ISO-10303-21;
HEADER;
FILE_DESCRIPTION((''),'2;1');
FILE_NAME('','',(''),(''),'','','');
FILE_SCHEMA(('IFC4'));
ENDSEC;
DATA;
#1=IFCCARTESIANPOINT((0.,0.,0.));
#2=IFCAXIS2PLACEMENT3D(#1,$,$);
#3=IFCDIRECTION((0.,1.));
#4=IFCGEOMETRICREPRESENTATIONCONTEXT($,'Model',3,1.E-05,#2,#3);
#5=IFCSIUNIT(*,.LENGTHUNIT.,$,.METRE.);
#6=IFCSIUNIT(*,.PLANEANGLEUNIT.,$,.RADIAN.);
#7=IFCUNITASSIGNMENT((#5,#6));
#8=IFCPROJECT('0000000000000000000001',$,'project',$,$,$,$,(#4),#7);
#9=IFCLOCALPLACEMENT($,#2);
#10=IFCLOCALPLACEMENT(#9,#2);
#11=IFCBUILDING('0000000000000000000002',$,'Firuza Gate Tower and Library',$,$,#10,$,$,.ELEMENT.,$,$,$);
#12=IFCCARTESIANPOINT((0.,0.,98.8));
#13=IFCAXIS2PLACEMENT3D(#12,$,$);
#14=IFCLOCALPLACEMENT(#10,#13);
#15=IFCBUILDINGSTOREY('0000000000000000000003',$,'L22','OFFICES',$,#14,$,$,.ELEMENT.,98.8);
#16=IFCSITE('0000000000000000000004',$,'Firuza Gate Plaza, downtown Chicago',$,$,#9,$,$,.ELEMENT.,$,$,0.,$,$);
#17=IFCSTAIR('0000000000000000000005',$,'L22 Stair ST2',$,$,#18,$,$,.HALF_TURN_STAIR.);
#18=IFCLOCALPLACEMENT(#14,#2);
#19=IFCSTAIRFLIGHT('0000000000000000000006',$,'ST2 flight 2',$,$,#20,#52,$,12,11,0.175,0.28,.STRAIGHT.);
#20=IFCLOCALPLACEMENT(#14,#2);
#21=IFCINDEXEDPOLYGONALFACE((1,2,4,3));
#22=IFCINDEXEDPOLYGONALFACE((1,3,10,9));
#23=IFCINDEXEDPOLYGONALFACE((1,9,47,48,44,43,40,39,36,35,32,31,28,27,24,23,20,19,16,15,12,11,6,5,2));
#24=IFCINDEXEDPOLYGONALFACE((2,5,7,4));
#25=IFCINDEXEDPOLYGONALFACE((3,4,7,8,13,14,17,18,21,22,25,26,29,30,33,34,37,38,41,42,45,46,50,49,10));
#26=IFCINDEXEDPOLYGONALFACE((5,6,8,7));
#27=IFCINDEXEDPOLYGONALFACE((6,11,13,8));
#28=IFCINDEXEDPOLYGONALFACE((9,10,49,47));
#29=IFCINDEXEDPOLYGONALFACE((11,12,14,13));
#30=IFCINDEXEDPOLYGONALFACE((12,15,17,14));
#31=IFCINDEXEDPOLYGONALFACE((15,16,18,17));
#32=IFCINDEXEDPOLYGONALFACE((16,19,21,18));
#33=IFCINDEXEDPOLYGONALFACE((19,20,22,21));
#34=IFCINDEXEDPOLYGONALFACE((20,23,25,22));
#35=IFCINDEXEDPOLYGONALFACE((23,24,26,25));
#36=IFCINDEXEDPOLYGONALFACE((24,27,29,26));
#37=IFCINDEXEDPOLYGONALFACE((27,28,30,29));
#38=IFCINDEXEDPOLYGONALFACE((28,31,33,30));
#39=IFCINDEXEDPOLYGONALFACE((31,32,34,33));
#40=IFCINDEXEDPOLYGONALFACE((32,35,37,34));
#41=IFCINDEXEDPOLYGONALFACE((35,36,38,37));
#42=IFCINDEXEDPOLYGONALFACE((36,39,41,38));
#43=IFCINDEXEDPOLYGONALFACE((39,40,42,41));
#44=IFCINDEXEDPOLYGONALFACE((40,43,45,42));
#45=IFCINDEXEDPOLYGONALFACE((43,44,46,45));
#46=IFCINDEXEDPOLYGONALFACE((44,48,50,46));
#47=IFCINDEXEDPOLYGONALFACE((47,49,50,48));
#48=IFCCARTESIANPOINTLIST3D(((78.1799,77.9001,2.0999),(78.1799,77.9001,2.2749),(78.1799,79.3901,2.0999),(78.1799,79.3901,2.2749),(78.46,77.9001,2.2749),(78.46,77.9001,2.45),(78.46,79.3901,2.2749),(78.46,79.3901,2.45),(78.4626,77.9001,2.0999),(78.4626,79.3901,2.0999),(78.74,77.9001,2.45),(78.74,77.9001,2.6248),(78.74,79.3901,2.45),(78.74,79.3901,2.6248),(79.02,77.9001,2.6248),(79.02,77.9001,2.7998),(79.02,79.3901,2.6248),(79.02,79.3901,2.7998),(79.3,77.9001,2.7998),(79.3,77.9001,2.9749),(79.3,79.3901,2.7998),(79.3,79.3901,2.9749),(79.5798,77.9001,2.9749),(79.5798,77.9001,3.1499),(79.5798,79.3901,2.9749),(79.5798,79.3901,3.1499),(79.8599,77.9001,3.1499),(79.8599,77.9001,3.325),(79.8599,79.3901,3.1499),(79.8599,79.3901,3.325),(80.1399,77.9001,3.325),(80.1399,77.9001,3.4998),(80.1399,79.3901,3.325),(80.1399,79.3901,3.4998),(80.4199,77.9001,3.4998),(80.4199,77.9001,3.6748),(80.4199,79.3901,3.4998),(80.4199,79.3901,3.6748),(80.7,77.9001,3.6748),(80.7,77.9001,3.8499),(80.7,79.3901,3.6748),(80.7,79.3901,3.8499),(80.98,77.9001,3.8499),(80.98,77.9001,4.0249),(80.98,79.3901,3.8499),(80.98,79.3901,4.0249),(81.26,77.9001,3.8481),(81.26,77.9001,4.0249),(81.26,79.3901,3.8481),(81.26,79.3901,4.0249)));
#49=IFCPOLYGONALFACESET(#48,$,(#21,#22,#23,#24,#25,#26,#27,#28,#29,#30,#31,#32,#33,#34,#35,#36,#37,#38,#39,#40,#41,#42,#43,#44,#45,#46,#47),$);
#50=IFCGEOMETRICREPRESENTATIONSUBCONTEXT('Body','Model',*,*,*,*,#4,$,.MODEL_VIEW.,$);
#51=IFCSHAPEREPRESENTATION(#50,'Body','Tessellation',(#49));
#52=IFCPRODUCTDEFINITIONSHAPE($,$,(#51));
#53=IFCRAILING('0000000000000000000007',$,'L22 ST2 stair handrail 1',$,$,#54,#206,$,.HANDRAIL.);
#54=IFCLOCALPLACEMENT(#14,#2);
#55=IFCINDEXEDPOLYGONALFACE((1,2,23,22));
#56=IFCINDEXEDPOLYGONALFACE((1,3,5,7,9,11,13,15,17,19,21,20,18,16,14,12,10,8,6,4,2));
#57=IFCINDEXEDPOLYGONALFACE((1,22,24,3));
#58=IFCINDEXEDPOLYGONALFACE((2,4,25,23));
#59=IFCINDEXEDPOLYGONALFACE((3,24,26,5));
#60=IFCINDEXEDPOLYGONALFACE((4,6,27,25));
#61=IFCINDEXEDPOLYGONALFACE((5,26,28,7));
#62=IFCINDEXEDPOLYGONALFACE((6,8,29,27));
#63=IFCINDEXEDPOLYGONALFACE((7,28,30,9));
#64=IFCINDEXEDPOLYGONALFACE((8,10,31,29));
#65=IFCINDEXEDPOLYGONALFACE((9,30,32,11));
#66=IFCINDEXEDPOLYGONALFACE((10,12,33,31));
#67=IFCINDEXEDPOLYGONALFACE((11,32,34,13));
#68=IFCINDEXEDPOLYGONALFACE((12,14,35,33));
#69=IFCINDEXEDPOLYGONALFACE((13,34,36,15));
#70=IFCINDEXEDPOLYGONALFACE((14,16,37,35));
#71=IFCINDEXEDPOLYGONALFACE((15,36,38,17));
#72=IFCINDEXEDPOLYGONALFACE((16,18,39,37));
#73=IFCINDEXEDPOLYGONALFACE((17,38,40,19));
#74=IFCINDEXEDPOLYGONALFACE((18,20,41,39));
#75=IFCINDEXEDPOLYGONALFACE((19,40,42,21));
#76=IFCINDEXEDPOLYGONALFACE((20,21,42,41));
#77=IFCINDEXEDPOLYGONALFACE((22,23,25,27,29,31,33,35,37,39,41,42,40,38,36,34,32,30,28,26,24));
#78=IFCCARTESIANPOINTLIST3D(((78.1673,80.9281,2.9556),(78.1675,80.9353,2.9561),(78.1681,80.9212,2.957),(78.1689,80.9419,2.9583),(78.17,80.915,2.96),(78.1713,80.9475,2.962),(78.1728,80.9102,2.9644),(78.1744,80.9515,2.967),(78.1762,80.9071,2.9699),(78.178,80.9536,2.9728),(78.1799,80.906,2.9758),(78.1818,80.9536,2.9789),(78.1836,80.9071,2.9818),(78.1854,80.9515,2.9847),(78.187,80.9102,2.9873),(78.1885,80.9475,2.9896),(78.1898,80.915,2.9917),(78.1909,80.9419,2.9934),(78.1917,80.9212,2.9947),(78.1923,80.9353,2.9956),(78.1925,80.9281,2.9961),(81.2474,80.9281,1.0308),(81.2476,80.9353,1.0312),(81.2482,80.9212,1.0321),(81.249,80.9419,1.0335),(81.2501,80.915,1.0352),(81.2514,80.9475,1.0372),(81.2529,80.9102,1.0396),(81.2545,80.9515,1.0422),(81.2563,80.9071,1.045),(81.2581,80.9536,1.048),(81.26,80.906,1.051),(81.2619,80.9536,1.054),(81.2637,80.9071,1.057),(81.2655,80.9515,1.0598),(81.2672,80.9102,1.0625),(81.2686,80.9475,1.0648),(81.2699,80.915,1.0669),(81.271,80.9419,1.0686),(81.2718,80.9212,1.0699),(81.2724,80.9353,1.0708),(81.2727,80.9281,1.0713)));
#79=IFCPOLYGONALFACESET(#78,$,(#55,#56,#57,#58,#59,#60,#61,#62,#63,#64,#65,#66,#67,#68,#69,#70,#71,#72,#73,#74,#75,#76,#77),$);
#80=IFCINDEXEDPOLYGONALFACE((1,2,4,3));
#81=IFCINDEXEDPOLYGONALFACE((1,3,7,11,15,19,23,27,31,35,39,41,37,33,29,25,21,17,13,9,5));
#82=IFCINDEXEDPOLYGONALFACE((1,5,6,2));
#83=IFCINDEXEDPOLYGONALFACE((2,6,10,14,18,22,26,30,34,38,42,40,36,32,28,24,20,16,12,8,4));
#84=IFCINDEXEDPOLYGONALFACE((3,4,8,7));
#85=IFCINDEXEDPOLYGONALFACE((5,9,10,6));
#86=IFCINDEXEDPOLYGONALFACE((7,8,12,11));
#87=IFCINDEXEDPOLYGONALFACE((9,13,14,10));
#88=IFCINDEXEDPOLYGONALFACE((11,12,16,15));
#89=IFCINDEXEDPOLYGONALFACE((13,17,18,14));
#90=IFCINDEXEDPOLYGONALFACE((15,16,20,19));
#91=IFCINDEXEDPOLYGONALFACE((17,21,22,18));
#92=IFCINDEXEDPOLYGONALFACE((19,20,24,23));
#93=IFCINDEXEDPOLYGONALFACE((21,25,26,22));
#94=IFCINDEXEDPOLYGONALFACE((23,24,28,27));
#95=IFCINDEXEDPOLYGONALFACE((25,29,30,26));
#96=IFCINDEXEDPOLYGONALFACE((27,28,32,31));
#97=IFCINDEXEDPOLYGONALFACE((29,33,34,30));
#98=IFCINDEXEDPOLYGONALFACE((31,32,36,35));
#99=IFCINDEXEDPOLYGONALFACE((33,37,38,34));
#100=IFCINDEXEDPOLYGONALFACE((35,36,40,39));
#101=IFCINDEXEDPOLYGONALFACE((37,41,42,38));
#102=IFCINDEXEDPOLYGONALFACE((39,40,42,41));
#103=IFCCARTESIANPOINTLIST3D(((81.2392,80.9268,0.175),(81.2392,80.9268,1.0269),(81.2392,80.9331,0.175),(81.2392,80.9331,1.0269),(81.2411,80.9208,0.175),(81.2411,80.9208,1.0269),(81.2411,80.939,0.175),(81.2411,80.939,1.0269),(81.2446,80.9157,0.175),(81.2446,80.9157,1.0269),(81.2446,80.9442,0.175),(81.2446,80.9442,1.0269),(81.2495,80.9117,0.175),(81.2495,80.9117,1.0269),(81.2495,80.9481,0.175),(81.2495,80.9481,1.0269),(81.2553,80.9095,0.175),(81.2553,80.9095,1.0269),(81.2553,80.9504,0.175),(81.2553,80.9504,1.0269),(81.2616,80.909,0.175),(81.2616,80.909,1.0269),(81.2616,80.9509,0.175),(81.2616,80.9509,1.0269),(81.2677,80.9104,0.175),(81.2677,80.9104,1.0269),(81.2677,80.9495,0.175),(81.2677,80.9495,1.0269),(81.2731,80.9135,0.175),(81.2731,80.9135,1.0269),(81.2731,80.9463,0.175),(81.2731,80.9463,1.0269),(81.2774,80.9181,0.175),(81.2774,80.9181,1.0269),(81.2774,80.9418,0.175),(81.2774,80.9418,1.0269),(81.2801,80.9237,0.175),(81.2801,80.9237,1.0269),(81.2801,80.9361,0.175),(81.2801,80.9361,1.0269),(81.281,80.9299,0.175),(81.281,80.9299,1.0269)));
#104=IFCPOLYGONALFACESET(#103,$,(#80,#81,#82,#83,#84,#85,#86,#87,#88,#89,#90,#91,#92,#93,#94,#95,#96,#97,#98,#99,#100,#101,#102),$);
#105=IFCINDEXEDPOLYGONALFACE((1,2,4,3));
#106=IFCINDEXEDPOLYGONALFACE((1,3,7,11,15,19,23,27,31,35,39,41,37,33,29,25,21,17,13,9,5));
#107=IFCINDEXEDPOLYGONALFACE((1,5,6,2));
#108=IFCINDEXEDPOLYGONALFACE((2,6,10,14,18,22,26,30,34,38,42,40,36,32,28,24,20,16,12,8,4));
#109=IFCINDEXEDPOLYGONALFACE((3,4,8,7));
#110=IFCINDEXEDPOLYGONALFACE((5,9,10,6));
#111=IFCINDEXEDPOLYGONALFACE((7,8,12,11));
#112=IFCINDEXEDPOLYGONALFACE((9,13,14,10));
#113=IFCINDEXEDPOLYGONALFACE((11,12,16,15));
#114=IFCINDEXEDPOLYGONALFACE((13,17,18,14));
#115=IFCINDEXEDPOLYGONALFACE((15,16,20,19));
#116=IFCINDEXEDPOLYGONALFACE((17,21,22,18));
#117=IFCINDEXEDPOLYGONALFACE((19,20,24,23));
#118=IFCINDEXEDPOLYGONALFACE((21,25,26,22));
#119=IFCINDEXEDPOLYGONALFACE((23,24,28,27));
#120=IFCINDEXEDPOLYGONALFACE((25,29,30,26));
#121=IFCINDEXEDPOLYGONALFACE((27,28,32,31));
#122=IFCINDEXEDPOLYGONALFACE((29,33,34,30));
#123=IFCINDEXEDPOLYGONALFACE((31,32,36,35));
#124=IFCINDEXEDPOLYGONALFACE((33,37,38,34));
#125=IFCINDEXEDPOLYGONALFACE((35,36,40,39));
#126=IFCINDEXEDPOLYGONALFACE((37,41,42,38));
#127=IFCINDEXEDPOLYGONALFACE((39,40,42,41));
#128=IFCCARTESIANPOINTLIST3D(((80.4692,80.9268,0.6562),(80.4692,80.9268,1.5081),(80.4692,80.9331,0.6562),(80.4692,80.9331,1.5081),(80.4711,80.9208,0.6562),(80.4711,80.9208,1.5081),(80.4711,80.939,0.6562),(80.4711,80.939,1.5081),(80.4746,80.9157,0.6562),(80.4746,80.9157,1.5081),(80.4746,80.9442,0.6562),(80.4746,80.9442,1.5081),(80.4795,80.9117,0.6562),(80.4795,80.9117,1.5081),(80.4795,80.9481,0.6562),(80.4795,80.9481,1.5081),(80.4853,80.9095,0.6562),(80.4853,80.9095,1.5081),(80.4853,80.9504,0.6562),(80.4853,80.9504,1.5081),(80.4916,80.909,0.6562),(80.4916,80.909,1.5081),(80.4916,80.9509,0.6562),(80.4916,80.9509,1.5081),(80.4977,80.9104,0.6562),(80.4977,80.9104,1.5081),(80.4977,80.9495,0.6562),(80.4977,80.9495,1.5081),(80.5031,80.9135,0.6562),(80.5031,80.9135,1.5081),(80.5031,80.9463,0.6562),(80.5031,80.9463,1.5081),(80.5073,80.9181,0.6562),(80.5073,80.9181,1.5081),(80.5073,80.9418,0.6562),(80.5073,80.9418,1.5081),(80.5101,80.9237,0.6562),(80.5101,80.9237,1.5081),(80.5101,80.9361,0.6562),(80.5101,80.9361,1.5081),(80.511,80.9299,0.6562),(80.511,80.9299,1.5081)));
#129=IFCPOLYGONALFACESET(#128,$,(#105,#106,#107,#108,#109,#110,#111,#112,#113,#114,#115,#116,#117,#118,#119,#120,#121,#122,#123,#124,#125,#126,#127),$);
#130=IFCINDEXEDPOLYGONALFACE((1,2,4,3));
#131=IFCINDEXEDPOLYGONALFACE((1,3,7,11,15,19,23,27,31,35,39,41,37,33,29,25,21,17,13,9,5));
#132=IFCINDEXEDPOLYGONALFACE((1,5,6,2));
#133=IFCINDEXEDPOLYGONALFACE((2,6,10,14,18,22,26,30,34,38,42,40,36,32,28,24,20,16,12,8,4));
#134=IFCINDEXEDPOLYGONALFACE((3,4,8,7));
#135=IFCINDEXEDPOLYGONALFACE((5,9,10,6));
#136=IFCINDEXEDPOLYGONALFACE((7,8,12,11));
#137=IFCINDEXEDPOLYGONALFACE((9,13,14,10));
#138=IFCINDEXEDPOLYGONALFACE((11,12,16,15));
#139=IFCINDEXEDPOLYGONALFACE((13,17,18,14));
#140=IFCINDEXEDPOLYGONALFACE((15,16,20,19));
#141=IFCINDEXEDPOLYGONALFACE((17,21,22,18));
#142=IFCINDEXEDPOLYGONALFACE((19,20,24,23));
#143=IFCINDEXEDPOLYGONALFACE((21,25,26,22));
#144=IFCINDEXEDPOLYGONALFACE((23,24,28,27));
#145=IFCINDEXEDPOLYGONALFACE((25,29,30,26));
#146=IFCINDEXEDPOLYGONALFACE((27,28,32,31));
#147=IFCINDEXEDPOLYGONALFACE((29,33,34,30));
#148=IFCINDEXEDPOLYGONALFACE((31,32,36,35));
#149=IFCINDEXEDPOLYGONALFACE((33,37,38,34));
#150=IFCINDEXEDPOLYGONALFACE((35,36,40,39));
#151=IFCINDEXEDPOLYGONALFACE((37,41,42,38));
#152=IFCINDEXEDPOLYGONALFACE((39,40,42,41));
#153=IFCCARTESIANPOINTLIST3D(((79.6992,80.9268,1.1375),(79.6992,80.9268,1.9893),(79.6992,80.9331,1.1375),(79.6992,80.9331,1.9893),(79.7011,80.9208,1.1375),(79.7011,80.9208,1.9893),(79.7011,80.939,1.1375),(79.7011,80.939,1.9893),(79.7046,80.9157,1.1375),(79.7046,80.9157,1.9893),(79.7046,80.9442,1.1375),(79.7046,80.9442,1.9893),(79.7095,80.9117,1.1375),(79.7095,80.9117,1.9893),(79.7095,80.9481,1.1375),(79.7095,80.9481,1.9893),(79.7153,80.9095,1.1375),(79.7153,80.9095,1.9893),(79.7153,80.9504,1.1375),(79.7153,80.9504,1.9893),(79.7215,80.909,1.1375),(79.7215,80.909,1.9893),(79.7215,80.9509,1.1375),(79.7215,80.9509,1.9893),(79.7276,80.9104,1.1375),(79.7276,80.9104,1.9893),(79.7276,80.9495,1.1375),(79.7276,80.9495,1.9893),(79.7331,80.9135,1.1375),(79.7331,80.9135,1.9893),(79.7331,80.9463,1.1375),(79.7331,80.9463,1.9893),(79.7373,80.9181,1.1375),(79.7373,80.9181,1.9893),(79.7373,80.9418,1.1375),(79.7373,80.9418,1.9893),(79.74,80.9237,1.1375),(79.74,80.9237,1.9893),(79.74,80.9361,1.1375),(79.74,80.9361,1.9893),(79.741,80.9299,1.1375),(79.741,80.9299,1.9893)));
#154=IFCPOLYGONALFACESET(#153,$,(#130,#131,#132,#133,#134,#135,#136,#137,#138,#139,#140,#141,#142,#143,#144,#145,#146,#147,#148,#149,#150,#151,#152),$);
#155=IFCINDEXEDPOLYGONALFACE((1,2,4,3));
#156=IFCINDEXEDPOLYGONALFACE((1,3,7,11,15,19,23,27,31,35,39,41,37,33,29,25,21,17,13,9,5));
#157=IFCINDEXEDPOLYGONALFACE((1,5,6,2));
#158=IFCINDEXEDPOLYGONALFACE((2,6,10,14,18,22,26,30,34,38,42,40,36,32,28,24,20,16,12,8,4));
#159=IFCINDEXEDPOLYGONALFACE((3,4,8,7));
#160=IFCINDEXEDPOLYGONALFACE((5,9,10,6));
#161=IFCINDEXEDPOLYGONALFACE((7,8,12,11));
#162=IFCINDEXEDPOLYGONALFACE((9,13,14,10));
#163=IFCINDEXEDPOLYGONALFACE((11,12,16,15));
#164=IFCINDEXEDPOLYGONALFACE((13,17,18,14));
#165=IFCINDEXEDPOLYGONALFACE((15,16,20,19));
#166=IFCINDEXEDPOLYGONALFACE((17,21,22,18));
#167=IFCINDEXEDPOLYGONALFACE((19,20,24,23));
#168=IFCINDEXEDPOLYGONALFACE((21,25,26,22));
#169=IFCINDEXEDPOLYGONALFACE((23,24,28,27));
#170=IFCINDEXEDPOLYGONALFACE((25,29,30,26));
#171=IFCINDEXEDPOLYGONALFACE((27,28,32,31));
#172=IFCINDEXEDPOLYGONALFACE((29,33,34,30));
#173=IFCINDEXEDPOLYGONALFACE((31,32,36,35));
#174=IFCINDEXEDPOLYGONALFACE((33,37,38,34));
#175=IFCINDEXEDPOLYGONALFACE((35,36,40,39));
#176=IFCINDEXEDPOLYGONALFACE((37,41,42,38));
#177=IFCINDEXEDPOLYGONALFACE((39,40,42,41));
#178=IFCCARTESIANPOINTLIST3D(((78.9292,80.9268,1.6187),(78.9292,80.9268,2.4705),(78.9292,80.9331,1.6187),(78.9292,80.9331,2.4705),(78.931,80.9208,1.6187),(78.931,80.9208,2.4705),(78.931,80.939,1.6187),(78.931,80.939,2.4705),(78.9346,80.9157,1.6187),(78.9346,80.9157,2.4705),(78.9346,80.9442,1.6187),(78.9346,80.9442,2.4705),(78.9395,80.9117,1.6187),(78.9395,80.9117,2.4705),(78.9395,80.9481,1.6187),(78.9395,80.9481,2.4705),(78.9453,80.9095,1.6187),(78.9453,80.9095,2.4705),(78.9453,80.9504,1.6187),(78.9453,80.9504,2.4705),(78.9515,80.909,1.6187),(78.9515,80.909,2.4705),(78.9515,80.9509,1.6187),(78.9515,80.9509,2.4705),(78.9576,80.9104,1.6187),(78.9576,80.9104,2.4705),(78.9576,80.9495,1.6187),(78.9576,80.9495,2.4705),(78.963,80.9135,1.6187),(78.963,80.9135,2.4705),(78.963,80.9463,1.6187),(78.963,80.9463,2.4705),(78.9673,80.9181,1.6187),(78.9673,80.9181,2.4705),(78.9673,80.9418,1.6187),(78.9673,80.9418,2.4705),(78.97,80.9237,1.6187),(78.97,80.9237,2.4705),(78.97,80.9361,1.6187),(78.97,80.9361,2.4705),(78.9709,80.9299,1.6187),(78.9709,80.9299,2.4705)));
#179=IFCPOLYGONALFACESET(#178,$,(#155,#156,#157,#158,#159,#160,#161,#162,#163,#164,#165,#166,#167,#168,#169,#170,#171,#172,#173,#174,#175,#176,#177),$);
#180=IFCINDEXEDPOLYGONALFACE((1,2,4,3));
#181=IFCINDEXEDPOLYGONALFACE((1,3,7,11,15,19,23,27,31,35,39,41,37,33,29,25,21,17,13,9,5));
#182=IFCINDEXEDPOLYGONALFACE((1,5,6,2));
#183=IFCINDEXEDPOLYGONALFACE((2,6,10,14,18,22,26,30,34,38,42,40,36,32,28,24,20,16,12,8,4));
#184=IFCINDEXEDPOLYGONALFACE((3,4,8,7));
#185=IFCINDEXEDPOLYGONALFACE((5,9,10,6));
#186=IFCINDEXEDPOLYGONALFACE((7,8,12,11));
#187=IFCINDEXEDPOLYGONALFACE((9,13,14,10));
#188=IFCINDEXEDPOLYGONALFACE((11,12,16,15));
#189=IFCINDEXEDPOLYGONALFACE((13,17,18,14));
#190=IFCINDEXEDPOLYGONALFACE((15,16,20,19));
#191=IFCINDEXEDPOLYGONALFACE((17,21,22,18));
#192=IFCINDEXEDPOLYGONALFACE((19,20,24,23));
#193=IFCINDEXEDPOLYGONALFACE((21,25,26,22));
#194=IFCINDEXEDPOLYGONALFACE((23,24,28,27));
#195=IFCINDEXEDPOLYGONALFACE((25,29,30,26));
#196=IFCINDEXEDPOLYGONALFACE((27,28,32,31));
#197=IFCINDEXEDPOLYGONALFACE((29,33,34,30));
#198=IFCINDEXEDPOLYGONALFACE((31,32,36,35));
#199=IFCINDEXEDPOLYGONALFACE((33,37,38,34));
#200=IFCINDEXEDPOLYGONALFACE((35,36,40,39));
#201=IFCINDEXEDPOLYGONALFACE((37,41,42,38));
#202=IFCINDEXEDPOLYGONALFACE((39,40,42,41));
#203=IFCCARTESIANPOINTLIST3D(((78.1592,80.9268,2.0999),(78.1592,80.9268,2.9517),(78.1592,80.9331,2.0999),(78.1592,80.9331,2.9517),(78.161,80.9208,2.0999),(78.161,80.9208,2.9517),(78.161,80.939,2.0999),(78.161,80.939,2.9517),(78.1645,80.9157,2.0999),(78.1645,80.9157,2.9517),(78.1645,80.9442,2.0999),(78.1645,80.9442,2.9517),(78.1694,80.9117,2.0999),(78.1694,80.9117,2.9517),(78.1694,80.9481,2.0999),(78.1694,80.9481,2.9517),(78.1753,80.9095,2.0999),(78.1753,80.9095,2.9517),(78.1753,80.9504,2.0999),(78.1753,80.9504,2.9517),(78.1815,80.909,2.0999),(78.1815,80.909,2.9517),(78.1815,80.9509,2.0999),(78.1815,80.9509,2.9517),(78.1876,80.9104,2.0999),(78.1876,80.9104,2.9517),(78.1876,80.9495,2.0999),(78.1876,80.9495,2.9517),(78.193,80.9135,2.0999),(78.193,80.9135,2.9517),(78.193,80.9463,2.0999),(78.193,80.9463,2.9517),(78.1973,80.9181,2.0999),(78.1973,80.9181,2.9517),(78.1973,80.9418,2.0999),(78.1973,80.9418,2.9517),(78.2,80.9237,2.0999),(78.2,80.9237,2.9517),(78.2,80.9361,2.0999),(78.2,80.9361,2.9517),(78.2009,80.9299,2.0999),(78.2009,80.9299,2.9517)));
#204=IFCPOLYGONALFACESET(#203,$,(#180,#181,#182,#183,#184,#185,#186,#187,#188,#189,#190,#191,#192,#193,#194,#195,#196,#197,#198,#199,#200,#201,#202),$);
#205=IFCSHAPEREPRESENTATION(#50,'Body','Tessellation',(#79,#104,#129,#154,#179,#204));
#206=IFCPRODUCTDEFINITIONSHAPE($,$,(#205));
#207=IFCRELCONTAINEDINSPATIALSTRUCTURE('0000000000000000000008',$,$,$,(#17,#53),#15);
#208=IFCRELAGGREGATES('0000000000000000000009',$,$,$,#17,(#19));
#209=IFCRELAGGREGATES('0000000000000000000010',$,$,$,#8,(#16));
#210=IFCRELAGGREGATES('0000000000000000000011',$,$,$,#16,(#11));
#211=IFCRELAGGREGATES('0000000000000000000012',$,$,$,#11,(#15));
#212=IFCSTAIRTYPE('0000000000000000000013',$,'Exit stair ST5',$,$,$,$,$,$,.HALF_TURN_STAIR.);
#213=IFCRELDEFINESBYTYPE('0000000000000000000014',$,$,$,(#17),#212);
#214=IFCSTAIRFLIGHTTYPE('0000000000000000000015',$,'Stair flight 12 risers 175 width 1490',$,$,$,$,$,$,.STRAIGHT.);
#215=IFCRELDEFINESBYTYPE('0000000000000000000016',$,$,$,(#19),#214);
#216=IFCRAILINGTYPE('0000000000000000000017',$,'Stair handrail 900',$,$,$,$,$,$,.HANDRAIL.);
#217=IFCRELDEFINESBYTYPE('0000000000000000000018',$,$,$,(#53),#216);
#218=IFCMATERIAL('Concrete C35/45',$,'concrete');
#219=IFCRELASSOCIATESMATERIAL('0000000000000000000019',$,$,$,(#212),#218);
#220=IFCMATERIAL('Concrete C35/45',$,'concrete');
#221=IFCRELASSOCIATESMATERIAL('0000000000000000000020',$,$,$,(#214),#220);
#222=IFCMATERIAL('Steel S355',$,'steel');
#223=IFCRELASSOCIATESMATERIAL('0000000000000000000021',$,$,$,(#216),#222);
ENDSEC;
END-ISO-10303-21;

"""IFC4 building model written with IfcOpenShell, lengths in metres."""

from ifc_helpers import new_model, si_unit, direction, frame, origin, origin_2d, place, context, subcontext, project, spatial, polyline, circle, outline, extrude, material, type_object, element, aggregate, save


model = new_model("IFC4")

# Units and contexts
model_context = context("Model", 3, precision=1e-05, world=origin(), true_north=direction((0.0, 1.0)))
body_context = subcontext(model_context, "Body", "Model", "MODEL_VIEW")
ifc_project = project(units=[si_unit("LENGTHUNIT", "METRE"), si_unit("PLANEANGLEUNIT", "RADIAN")], contexts=[model_context])

# Site, building, storey
site_placement = place(None, origin())
site = spatial("IfcSite", under=ifc_project, at=site_placement, Name="Firuza Gate Plaza, downtown Chicago", CompositionType="ELEMENT", RefElevation=0.0)
building_placement = place(site_placement, origin())
building = spatial("IfcBuilding", under=site, at=building_placement, Name="Firuza Gate Tower and Library", CompositionType="ELEMENT")
storey_placement = place(building_placement, frame((0.0, 0.0, 98.8)))
storey = spatial("IfcBuildingStorey", under=building, at=storey_placement, Name="L22", Description="OFFICES", CompositionType="ELEMENT", Elevation=98.8)

# Stair, stair flight
ifc_material_1 = material(Name="Concrete C35/45", Category="concrete")
stair_type = type_object("IfcStairType", Name="Exit stair ST5", PredefinedType="HALF_TURN_STAIR", material=ifc_material_1)
stair_placement = place(storey_placement, origin())
stair = element("IfcStair", 1, at=stair_placement, inside=storey, type_object=stair_type, Name="L22 Stair ST2", PredefinedType="HALF_TURN_STAIR")
ifc_material_2 = material(Name="Concrete C35/45", Category="concrete")
stair_flight_type = type_object("IfcStairFlightType", Name="Stair flight 12 risers 175 width 1490", PredefinedType="STRAIGHT", material=ifc_material_2)
stair_flight_1_placement = place(storey_placement, frame((78.1799, 78.645, 2.0999), z_axis=(0.0, 0.0, 1.0), x_axis=(1.0, 0.0, 0.0)))
stair_flight_1 = element("IfcStairFlight", 2, at=stair_flight_1_placement, type_object=stair_flight_type, Name="ST2 flight 2", NumberOfRisers=12, NumberOfTreads=11, PredefinedType="STRAIGHT", RiserHeight=0.175, TreadLength=0.28, context=body_context, shape_type="SweptSolid", body=[
    extrude(outline(polyline([(0.0, 0.0), (0.0, 0.175), (0.28, 0.175), (0.28, 0.3501), (0.5601, 0.3501), (0.5601, 0.5249), (0.8401, 0.5249), (0.8401, 0.7), (1.1201, 0.7), (1.1201, 0.875), (1.3999, 0.875), (1.3999, 1.05), (1.6799, 1.05), (1.6799, 1.2251), (1.96, 1.2251), (1.96, 1.3999), (2.24, 1.3999), (2.24, 1.575), (2.52, 1.575), (2.52, 1.75), (2.8, 1.75), (2.8, 1.925), (3.0801, 1.925), (3.0801, 2.1001), (3.0801, 1.7483), (0.2827, 0.0), (0.0, 0.0)])), frame((0.0, 0.7451, 0.0), z_axis=(0.0, -1.0, 0.0), x_axis=(1.0, 0.0, 0.0)), (0.0, 0.0, 1.0), 1.49),
])
aggregate(stair, [stair_flight_1])

# Railing
ifc_material_3 = material(Name="Steel S355", Category="steel")
railing_type_1 = type_object("IfcRailingType", Name="Stair handrail 900", PredefinedType="HANDRAIL", material=ifc_material_3)
railing_1_placement = place(storey_placement, frame((81.26, 80.9299, 0.175)))
element("IfcRailing", 3, at=railing_1_placement, inside=storey, type_object=railing_type_1, Name="L22 ST2 stair handrail 1", PredefinedType="HANDRAIL", context=body_context, shape_type="SweptSolid", body=[
    extrude(circle(Radius=0.0239, at=origin_2d()), frame((0.0, 0.0, 0.876), z_axis=(-0.848029, 0.0, 0.529951), x_axis=(0.0, -1.0, 0.0)), (0.0, 0.0, 1.0), 3.6321),
    extrude(circle(Radius=0.021, at=origin_2d()), origin(), (0.0, 0.0, 1.0), 0.8518),
    extrude(circle(Radius=0.021, at=origin_2d()), frame((-0.77, 0.0, 0.4812)), (0.0, 0.0, 1.0), 0.8518),
    extrude(circle(Radius=0.021, at=origin_2d()), frame((-1.54, 0.0, 0.9624)), (0.0, 0.0, 1.0), 0.8518),
    extrude(circle(Radius=0.021, at=origin_2d()), frame((-2.3101, 0.0, 1.4436)), (0.0, 0.0, 1.0), 0.8518),
    extrude(circle(Radius=0.021, at=origin_2d()), frame((-3.0801, 0.0, 1.9248)), (0.0, 0.0, 1.0), 0.8518),
])

save(model, "model.ifc")
